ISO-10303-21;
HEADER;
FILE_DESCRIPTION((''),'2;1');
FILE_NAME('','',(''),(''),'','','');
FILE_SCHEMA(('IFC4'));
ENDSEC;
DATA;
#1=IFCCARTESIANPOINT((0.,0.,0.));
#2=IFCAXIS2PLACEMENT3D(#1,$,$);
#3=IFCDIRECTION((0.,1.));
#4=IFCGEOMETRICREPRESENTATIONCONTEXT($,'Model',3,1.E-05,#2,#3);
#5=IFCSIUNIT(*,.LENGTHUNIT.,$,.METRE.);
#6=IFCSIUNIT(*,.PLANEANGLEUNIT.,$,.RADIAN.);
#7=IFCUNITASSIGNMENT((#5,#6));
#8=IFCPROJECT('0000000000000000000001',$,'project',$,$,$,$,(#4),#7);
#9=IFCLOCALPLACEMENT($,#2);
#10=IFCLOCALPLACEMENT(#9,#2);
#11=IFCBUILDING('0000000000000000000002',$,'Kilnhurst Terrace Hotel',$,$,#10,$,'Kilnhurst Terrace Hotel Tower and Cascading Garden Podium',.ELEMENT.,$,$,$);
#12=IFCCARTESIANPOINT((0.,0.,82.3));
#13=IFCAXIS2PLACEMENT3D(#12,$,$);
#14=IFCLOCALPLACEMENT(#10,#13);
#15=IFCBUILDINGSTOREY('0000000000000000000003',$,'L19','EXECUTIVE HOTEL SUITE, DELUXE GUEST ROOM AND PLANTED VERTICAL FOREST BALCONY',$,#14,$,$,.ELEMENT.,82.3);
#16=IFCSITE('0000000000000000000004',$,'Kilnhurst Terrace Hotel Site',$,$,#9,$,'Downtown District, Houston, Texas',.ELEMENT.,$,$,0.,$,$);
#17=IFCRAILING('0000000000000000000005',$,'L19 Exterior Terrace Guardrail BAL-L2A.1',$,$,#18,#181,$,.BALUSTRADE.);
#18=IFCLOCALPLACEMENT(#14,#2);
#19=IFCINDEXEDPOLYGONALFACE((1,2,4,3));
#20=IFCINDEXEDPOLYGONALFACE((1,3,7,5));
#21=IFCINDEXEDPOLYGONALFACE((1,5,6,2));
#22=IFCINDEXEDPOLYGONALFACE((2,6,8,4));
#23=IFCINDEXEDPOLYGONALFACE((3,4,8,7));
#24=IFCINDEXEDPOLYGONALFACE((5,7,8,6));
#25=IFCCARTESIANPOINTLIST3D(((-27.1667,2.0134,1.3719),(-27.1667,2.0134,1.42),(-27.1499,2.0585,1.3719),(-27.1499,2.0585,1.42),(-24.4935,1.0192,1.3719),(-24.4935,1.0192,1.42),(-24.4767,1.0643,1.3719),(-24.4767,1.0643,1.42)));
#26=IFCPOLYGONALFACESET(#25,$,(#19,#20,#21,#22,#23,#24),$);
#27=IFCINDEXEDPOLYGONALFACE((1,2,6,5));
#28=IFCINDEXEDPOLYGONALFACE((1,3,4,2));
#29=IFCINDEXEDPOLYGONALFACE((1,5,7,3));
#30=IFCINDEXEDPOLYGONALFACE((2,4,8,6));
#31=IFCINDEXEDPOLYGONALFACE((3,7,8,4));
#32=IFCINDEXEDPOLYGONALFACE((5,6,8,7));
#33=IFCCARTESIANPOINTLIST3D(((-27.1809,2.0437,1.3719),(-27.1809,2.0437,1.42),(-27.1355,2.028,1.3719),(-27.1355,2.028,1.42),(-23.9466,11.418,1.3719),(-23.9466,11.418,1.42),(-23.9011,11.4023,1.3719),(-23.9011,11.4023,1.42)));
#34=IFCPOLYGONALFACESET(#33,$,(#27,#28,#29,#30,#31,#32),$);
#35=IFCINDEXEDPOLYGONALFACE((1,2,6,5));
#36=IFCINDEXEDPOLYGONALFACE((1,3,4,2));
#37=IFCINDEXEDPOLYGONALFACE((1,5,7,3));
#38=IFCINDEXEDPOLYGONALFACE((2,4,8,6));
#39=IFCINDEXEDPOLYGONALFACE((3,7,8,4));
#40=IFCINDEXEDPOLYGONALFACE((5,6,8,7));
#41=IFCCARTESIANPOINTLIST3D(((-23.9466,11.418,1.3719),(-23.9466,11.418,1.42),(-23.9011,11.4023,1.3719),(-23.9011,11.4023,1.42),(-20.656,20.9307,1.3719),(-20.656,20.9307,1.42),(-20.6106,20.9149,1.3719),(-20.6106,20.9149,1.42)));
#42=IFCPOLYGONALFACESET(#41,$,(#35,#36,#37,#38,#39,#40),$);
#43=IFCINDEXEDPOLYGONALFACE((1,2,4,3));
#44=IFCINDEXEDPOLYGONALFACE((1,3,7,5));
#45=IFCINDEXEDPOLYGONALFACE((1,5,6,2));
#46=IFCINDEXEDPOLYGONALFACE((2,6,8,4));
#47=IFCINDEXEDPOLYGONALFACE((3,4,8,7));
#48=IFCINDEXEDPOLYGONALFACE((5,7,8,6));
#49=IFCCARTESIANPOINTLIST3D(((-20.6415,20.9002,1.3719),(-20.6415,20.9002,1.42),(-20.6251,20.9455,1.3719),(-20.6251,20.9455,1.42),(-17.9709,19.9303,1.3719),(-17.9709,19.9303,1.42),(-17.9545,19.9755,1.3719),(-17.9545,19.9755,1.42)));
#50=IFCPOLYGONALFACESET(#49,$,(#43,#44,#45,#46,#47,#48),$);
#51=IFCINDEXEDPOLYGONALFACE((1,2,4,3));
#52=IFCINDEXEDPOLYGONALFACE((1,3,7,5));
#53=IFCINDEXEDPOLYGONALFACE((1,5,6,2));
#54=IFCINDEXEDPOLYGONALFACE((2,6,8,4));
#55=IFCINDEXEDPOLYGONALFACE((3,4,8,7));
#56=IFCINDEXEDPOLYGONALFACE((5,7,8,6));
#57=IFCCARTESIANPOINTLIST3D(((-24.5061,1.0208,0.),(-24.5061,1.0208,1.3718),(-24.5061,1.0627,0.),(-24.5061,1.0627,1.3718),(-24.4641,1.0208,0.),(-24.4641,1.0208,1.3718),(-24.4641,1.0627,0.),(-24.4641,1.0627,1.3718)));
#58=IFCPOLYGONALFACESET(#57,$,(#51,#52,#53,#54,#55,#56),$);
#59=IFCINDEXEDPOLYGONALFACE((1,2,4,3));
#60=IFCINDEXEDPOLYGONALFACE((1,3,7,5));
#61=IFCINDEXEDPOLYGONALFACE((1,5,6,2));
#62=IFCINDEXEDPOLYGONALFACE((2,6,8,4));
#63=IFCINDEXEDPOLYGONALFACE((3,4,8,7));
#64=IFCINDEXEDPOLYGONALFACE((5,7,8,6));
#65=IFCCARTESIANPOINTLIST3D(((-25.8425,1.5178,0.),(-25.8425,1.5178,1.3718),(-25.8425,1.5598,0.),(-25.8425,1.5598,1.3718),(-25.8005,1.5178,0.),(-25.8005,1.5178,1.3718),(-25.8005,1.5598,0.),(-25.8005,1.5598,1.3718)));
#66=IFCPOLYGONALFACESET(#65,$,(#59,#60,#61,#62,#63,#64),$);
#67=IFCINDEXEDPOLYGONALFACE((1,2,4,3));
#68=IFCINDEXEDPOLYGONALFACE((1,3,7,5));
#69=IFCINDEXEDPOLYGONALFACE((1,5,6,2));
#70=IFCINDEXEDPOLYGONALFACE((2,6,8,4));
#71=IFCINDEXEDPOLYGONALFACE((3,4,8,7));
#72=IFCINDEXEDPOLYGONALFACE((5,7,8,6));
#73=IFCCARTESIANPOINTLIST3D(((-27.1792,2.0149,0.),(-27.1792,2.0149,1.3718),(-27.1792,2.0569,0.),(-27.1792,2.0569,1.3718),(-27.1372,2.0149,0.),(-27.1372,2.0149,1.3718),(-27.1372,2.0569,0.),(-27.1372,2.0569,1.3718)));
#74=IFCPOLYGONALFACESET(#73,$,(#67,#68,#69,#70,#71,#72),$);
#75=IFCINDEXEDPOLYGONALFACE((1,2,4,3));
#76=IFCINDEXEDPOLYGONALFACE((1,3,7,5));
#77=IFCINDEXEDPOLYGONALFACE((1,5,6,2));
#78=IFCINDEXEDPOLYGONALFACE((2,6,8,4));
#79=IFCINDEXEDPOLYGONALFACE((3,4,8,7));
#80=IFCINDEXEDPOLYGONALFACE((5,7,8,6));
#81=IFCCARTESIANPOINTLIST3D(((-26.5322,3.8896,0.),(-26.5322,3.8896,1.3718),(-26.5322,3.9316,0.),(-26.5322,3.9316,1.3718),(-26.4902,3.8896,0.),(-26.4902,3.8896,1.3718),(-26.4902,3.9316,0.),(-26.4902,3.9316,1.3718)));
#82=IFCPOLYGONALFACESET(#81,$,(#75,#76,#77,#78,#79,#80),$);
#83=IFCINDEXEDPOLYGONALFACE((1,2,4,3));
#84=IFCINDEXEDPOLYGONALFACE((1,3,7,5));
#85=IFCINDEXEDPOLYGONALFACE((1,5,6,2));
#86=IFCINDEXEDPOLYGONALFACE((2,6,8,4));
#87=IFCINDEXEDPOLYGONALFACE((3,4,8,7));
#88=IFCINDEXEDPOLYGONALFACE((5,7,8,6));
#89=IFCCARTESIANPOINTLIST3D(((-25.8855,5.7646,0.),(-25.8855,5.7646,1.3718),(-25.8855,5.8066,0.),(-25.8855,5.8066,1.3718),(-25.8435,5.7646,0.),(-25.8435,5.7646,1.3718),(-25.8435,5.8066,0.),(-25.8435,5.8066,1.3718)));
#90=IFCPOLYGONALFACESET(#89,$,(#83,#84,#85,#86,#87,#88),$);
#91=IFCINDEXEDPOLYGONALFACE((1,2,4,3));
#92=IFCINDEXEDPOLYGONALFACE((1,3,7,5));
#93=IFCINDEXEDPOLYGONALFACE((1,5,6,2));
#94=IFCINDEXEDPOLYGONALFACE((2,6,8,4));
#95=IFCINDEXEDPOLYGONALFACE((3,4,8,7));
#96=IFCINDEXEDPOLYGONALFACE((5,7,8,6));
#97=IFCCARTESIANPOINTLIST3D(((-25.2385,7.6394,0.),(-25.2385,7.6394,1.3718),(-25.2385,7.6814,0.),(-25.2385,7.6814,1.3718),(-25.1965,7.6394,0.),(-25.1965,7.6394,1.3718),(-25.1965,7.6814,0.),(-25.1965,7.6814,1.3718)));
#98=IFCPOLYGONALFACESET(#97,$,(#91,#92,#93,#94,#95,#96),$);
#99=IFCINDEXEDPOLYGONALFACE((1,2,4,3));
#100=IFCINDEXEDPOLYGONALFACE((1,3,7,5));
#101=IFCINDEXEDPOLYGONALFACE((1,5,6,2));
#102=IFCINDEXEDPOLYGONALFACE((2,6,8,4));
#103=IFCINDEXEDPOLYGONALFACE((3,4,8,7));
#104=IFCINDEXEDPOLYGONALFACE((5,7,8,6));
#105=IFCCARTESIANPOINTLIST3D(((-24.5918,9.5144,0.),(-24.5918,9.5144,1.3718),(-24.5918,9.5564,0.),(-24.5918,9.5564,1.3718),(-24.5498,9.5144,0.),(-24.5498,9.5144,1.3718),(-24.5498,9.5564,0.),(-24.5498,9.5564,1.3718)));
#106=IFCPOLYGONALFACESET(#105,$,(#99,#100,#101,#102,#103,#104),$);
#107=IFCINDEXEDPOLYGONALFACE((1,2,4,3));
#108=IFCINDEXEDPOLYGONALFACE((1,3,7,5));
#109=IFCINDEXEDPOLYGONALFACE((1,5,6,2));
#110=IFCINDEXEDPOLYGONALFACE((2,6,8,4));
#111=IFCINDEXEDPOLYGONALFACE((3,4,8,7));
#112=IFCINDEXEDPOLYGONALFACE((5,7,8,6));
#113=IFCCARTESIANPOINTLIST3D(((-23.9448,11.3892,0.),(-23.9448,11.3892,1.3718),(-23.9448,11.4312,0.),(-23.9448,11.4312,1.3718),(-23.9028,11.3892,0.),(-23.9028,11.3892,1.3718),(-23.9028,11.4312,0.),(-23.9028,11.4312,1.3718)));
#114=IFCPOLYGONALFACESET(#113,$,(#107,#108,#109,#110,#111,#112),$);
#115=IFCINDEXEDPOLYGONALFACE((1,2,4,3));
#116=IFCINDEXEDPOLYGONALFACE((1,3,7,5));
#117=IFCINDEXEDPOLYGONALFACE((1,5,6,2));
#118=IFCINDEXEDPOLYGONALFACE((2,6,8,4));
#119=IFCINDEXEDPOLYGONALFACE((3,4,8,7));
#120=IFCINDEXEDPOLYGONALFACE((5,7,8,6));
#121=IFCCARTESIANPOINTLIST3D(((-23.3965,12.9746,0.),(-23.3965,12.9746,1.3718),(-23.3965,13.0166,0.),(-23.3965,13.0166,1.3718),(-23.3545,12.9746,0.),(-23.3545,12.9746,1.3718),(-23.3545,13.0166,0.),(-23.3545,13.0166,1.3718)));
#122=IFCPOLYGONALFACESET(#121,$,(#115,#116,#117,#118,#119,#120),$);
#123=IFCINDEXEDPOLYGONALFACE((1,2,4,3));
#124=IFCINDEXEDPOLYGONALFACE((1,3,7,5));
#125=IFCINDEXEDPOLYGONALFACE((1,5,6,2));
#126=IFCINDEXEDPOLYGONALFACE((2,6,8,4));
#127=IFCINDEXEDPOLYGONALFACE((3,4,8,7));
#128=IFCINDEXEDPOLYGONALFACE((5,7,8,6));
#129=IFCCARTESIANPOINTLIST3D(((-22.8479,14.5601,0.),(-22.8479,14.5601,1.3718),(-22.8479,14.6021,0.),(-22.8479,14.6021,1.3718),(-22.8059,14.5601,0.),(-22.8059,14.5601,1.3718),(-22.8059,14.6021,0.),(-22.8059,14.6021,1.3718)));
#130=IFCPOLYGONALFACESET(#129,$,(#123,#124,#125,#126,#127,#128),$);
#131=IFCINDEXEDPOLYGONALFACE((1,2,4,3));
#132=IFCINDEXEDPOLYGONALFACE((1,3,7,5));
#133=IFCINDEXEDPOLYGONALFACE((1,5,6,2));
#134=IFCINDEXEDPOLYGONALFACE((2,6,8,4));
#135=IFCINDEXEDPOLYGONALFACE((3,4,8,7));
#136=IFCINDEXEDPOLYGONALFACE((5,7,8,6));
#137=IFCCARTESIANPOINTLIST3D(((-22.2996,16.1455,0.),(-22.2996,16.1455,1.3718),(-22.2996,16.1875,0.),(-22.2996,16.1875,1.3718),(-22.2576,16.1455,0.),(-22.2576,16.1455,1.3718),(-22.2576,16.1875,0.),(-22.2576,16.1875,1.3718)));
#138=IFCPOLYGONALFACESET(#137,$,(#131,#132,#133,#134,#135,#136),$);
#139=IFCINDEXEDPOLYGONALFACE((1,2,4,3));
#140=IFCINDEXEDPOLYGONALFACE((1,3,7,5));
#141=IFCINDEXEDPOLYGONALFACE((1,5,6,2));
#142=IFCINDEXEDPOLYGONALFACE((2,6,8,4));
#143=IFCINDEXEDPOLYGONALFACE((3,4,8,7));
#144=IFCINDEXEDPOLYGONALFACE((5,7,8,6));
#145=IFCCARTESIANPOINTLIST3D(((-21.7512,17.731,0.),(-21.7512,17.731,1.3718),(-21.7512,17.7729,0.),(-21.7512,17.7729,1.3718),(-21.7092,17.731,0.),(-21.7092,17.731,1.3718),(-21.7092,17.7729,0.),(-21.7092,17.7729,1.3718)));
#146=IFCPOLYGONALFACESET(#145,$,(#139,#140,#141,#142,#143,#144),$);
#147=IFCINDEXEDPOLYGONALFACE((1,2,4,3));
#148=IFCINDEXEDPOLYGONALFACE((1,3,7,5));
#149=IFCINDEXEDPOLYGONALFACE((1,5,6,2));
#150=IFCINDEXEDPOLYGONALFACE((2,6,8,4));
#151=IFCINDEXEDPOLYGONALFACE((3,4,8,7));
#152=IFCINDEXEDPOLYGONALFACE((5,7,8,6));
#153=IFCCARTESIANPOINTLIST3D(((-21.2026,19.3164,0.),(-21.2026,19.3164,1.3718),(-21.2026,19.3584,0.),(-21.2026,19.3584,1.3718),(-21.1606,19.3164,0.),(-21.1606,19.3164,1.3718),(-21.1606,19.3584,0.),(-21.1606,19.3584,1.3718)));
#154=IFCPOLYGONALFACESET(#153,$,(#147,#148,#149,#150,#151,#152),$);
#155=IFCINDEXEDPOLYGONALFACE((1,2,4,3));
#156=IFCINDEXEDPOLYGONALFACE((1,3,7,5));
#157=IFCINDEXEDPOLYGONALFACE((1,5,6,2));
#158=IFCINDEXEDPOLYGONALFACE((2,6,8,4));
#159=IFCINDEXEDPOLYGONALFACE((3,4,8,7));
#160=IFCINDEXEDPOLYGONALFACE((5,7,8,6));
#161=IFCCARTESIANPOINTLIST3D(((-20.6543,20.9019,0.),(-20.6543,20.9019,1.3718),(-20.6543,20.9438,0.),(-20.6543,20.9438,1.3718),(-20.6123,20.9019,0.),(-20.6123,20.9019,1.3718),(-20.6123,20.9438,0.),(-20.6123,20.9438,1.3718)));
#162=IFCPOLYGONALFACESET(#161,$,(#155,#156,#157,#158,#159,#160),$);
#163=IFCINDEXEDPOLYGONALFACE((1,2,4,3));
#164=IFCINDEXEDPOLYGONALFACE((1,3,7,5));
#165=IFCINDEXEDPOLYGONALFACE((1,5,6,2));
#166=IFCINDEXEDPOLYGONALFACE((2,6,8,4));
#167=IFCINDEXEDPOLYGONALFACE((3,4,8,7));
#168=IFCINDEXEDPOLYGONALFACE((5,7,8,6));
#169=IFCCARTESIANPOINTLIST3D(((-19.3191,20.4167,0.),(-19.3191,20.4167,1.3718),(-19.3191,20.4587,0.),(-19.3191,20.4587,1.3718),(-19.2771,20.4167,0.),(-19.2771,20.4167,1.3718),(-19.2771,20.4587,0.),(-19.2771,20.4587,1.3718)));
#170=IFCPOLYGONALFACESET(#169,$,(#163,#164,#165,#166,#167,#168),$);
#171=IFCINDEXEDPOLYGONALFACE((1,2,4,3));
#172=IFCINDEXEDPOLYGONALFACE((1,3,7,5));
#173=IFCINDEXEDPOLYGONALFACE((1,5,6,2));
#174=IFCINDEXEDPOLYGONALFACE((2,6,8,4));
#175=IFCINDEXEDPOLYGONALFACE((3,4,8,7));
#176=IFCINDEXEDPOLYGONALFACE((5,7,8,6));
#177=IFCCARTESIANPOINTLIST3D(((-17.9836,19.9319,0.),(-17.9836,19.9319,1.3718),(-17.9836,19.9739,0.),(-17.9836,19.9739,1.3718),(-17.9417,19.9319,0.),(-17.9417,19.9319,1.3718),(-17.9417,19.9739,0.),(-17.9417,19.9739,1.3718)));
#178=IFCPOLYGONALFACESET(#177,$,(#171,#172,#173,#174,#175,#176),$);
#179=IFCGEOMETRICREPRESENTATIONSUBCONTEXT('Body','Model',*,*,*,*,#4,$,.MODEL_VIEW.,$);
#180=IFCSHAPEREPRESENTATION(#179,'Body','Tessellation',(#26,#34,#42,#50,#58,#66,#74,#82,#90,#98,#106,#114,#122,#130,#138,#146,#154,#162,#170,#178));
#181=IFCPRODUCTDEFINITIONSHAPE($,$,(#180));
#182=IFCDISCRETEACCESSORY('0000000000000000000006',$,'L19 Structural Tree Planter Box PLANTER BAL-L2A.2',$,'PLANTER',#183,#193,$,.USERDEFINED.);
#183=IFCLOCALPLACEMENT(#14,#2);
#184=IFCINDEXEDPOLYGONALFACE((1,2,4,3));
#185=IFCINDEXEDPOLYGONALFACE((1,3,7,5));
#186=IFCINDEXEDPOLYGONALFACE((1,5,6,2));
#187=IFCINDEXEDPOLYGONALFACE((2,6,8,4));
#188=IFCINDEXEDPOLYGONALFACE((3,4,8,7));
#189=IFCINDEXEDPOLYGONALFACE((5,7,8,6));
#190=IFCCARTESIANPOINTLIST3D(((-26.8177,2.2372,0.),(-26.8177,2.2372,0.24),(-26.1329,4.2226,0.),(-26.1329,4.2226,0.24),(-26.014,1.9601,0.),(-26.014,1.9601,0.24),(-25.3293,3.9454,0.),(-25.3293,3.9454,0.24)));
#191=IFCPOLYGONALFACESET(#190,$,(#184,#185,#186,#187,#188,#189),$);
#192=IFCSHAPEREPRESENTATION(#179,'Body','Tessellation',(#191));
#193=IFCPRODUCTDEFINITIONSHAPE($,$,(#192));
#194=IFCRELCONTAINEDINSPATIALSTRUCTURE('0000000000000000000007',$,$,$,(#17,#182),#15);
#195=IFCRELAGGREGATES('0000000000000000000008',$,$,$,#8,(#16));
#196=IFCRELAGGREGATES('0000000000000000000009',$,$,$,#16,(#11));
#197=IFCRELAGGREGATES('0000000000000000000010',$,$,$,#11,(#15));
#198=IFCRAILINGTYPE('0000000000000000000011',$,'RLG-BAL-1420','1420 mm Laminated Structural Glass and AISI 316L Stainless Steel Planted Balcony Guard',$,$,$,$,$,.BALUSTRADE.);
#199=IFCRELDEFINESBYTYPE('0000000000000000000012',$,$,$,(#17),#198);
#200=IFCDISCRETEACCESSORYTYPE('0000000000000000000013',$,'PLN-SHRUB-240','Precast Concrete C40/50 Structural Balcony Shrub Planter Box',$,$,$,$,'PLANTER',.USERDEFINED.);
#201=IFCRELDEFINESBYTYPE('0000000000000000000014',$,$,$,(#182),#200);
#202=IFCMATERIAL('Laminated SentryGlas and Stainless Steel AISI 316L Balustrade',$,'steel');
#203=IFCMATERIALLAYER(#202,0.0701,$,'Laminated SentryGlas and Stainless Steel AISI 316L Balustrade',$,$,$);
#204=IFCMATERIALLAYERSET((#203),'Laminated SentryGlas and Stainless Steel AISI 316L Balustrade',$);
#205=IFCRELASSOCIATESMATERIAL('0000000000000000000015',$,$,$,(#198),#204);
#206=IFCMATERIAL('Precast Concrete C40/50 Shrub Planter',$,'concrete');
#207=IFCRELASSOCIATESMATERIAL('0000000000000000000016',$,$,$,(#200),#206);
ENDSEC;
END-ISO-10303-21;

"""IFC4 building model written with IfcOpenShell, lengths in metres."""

from ifc_helpers import new_model, si_unit, direction, frame, origin, origin_2d, place, context, subcontext, project, spatial, rectangle, extrude, material, layer, layer_set, type_object, element, save


model = new_model("IFC4")

# Units and contexts
model_context = context("Model", 3, precision=1e-05, world=origin(), true_north=direction((0.0, 1.0)))
body_context = subcontext(model_context, "Body", "Model", "MODEL_VIEW")
ifc_project = project(units=[si_unit("LENGTHUNIT", "METRE"), si_unit("PLANEANGLEUNIT", "RADIAN")], contexts=[model_context])

# Site, building, storey
site_placement = place(None, origin())
site = spatial("IfcSite", under=ifc_project, at=site_placement, Name="Kilnhurst Terrace Hotel Site", LongName="Downtown District, Houston, Texas", CompositionType="ELEMENT", RefElevation=0.0)
building_placement = place(site_placement, origin())
building = spatial("IfcBuilding", under=site, at=building_placement, Name="Kilnhurst Terrace Hotel", LongName="Kilnhurst Terrace Hotel Tower and Cascading Garden Podium", CompositionType="ELEMENT")
storey_placement = place(building_placement, frame((0.0, 0.0, 82.3)))
storey = spatial("IfcBuildingStorey", under=building, at=storey_placement, Name="L19", Description="EXECUTIVE HOTEL SUITE, DELUXE GUEST ROOM AND PLANTED VERTICAL FOREST BALCONY", CompositionType="ELEMENT", Elevation=82.3)

# Railing
ifc_material_1 = material(Name="Laminated SentryGlas and Stainless Steel AISI 316L Balustrade", Category="steel")
ifc_layer_1 = layer(ifc_material_1, 0.0701, Name="Laminated SentryGlas and Stainless Steel AISI 316L Balustrade")
ifc_layer_set_1 = layer_set([ifc_layer_1], Name="Laminated SentryGlas and Stainless Steel AISI 316L Balustrade")
railing_type = type_object("IfcRailingType", Name="RLG-BAL-1420", Description="1420 mm Laminated Structural Glass and AISI 316L Stainless Steel Planted Balcony Guard", PredefinedType="BALUSTRADE", material=ifc_layer_set_1)
railing_placement = place(storey_placement, frame((-24.4851, 1.0417, 0.0)))
element("IfcRailing", 1, at=railing_placement, inside=storey, type_object=railing_type, Name="L19 Exterior Terrace Guardrail BAL-L2A.1", PredefinedType="BALUSTRADE", context=body_context, shape_type="SweptSolid", body=[
    extrude(rectangle(XDim=0.0481, YDim=0.0481, at=origin_2d()), frame((0.0, 0.0, 1.396), z_axis=(-0.937279, 0.34858, 0.0), x_axis=(-0.34858, -0.937279, 0.0)), (0.0, 0.0, 1.0), 2.8521),
    extrude(rectangle(XDim=0.0481, YDim=0.0481, at=origin_2d()), frame((-2.6731, 0.9941, 1.396), z_axis=(0.326159, 0.945315, 0.0), x_axis=(-0.945315, 0.326159, 0.0)), (0.0, 0.0, 1.0), 9.9165),
    extrude(rectangle(XDim=0.0481, YDim=0.0481, at=origin_2d()), frame((0.5613, 10.3684, 1.396), z_axis=(0.326904, 0.945058, 0.0), x_axis=(-0.945058, 0.326904, 0.0)), (0.0, 0.0, 1.0), 10.0657),
    extrude(rectangle(XDim=0.0481, YDim=0.0481, at=origin_2d()), frame((3.8518, 19.8811, 1.396), z_axis=(0.939926, -0.341377, 0.0), x_axis=(0.341377, 0.939926, 0.0)), (0.0, 0.0, 1.0), 2.8413),
    extrude(rectangle(XDim=0.042, YDim=0.042, at=origin_2d()), origin(), (0.0, 0.0, 1.0), 1.3718),
    extrude(rectangle(XDim=0.042, YDim=0.042, at=origin_2d()), frame((-1.3364, 0.4971, 0.0)), (0.0, 0.0, 1.0), 1.3718),
    extrude(rectangle(XDim=0.042, YDim=0.042, at=origin_2d()), frame((-2.6731, 0.9941, 0.0)), (0.0, 0.0, 1.0), 1.3718),
    extrude(rectangle(XDim=0.042, YDim=0.042, at=origin_2d()), frame((-2.0261, 2.8689, 0.0)), (0.0, 0.0, 1.0), 1.3718),
    extrude(rectangle(XDim=0.042, YDim=0.042, at=origin_2d()), frame((-1.3794, 4.7439, 0.0)), (0.0, 0.0, 1.0), 1.3718),
    extrude(rectangle(XDim=0.042, YDim=0.042, at=origin_2d()), frame((-0.7324, 6.6187, 0.0)), (0.0, 0.0, 1.0), 1.3718),
    extrude(rectangle(XDim=0.042, YDim=0.042, at=origin_2d()), frame((-0.0857, 8.4937, 0.0)), (0.0, 0.0, 1.0), 1.3718),
    extrude(rectangle(XDim=0.042, YDim=0.042, at=origin_2d()), frame((0.5613, 10.3684, 0.0)), (0.0, 0.0, 1.0), 1.3718),
    extrude(rectangle(XDim=0.042, YDim=0.042, at=origin_2d()), frame((1.1096, 11.9539, 0.0)), (0.0, 0.0, 1.0), 1.3718),
    extrude(rectangle(XDim=0.042, YDim=0.042, at=origin_2d()), frame((1.6582, 13.5393, 0.0)), (0.0, 0.0, 1.0), 1.3718),
    extrude(rectangle(XDim=0.042, YDim=0.042, at=origin_2d()), frame((2.2065, 15.1248, 0.0)), (0.0, 0.0, 1.0), 1.3718),
    extrude(rectangle(XDim=0.042, YDim=0.042, at=origin_2d()), frame((2.7549, 16.7102, 0.0)), (0.0, 0.0, 1.0), 1.3718),
    extrude(rectangle(XDim=0.042, YDim=0.042, at=origin_2d()), frame((3.3035, 18.2957, 0.0)), (0.0, 0.0, 1.0), 1.3718),
    extrude(rectangle(XDim=0.042, YDim=0.042, at=origin_2d()), frame((3.8518, 19.8811, 0.0)), (0.0, 0.0, 1.0), 1.3718),
    extrude(rectangle(XDim=0.042, YDim=0.042, at=origin_2d()), frame((5.187, 19.396, 0.0)), (0.0, 0.0, 1.0), 1.3718),
    extrude(rectangle(XDim=0.042, YDim=0.042, at=origin_2d()), frame((6.5225, 18.9111, 0.0)), (0.0, 0.0, 1.0), 1.3718),
])

# Discrete accessory
ifc_material_2 = material(Name="Precast Concrete C40/50 Shrub Planter", Category="concrete")
discrete_accessory_type = type_object("IfcDiscreteAccessoryType", Name="PLN-SHRUB-240", Description="Precast Concrete C40/50 Structural Balcony Shrub Planter Box", ElementType="PLANTER", PredefinedType="USERDEFINED", material=ifc_material_2)
discrete_accessory_placement = place(storey_placement, frame((-26.0735, 3.0913, 0.0), z_axis=(0.0, 0.0, 1.0), x_axis=(-0.326063, -0.945348, 0.0)))
element("IfcDiscreteAccessory", 2, at=discrete_accessory_placement, inside=storey, type_object=discrete_accessory_type, Name="L19 Structural Tree Planter Box PLANTER BAL-L2A.2", ObjectType="PLANTER", PredefinedType="USERDEFINED", context=body_context, shape_type="SweptSolid", body=[
    extrude(rectangle(XDim=2.1001, YDim=0.8501, at=origin_2d()), origin(), (0.0, 0.0, 1.0), 0.24),
])

save(model, "model.ifc")
